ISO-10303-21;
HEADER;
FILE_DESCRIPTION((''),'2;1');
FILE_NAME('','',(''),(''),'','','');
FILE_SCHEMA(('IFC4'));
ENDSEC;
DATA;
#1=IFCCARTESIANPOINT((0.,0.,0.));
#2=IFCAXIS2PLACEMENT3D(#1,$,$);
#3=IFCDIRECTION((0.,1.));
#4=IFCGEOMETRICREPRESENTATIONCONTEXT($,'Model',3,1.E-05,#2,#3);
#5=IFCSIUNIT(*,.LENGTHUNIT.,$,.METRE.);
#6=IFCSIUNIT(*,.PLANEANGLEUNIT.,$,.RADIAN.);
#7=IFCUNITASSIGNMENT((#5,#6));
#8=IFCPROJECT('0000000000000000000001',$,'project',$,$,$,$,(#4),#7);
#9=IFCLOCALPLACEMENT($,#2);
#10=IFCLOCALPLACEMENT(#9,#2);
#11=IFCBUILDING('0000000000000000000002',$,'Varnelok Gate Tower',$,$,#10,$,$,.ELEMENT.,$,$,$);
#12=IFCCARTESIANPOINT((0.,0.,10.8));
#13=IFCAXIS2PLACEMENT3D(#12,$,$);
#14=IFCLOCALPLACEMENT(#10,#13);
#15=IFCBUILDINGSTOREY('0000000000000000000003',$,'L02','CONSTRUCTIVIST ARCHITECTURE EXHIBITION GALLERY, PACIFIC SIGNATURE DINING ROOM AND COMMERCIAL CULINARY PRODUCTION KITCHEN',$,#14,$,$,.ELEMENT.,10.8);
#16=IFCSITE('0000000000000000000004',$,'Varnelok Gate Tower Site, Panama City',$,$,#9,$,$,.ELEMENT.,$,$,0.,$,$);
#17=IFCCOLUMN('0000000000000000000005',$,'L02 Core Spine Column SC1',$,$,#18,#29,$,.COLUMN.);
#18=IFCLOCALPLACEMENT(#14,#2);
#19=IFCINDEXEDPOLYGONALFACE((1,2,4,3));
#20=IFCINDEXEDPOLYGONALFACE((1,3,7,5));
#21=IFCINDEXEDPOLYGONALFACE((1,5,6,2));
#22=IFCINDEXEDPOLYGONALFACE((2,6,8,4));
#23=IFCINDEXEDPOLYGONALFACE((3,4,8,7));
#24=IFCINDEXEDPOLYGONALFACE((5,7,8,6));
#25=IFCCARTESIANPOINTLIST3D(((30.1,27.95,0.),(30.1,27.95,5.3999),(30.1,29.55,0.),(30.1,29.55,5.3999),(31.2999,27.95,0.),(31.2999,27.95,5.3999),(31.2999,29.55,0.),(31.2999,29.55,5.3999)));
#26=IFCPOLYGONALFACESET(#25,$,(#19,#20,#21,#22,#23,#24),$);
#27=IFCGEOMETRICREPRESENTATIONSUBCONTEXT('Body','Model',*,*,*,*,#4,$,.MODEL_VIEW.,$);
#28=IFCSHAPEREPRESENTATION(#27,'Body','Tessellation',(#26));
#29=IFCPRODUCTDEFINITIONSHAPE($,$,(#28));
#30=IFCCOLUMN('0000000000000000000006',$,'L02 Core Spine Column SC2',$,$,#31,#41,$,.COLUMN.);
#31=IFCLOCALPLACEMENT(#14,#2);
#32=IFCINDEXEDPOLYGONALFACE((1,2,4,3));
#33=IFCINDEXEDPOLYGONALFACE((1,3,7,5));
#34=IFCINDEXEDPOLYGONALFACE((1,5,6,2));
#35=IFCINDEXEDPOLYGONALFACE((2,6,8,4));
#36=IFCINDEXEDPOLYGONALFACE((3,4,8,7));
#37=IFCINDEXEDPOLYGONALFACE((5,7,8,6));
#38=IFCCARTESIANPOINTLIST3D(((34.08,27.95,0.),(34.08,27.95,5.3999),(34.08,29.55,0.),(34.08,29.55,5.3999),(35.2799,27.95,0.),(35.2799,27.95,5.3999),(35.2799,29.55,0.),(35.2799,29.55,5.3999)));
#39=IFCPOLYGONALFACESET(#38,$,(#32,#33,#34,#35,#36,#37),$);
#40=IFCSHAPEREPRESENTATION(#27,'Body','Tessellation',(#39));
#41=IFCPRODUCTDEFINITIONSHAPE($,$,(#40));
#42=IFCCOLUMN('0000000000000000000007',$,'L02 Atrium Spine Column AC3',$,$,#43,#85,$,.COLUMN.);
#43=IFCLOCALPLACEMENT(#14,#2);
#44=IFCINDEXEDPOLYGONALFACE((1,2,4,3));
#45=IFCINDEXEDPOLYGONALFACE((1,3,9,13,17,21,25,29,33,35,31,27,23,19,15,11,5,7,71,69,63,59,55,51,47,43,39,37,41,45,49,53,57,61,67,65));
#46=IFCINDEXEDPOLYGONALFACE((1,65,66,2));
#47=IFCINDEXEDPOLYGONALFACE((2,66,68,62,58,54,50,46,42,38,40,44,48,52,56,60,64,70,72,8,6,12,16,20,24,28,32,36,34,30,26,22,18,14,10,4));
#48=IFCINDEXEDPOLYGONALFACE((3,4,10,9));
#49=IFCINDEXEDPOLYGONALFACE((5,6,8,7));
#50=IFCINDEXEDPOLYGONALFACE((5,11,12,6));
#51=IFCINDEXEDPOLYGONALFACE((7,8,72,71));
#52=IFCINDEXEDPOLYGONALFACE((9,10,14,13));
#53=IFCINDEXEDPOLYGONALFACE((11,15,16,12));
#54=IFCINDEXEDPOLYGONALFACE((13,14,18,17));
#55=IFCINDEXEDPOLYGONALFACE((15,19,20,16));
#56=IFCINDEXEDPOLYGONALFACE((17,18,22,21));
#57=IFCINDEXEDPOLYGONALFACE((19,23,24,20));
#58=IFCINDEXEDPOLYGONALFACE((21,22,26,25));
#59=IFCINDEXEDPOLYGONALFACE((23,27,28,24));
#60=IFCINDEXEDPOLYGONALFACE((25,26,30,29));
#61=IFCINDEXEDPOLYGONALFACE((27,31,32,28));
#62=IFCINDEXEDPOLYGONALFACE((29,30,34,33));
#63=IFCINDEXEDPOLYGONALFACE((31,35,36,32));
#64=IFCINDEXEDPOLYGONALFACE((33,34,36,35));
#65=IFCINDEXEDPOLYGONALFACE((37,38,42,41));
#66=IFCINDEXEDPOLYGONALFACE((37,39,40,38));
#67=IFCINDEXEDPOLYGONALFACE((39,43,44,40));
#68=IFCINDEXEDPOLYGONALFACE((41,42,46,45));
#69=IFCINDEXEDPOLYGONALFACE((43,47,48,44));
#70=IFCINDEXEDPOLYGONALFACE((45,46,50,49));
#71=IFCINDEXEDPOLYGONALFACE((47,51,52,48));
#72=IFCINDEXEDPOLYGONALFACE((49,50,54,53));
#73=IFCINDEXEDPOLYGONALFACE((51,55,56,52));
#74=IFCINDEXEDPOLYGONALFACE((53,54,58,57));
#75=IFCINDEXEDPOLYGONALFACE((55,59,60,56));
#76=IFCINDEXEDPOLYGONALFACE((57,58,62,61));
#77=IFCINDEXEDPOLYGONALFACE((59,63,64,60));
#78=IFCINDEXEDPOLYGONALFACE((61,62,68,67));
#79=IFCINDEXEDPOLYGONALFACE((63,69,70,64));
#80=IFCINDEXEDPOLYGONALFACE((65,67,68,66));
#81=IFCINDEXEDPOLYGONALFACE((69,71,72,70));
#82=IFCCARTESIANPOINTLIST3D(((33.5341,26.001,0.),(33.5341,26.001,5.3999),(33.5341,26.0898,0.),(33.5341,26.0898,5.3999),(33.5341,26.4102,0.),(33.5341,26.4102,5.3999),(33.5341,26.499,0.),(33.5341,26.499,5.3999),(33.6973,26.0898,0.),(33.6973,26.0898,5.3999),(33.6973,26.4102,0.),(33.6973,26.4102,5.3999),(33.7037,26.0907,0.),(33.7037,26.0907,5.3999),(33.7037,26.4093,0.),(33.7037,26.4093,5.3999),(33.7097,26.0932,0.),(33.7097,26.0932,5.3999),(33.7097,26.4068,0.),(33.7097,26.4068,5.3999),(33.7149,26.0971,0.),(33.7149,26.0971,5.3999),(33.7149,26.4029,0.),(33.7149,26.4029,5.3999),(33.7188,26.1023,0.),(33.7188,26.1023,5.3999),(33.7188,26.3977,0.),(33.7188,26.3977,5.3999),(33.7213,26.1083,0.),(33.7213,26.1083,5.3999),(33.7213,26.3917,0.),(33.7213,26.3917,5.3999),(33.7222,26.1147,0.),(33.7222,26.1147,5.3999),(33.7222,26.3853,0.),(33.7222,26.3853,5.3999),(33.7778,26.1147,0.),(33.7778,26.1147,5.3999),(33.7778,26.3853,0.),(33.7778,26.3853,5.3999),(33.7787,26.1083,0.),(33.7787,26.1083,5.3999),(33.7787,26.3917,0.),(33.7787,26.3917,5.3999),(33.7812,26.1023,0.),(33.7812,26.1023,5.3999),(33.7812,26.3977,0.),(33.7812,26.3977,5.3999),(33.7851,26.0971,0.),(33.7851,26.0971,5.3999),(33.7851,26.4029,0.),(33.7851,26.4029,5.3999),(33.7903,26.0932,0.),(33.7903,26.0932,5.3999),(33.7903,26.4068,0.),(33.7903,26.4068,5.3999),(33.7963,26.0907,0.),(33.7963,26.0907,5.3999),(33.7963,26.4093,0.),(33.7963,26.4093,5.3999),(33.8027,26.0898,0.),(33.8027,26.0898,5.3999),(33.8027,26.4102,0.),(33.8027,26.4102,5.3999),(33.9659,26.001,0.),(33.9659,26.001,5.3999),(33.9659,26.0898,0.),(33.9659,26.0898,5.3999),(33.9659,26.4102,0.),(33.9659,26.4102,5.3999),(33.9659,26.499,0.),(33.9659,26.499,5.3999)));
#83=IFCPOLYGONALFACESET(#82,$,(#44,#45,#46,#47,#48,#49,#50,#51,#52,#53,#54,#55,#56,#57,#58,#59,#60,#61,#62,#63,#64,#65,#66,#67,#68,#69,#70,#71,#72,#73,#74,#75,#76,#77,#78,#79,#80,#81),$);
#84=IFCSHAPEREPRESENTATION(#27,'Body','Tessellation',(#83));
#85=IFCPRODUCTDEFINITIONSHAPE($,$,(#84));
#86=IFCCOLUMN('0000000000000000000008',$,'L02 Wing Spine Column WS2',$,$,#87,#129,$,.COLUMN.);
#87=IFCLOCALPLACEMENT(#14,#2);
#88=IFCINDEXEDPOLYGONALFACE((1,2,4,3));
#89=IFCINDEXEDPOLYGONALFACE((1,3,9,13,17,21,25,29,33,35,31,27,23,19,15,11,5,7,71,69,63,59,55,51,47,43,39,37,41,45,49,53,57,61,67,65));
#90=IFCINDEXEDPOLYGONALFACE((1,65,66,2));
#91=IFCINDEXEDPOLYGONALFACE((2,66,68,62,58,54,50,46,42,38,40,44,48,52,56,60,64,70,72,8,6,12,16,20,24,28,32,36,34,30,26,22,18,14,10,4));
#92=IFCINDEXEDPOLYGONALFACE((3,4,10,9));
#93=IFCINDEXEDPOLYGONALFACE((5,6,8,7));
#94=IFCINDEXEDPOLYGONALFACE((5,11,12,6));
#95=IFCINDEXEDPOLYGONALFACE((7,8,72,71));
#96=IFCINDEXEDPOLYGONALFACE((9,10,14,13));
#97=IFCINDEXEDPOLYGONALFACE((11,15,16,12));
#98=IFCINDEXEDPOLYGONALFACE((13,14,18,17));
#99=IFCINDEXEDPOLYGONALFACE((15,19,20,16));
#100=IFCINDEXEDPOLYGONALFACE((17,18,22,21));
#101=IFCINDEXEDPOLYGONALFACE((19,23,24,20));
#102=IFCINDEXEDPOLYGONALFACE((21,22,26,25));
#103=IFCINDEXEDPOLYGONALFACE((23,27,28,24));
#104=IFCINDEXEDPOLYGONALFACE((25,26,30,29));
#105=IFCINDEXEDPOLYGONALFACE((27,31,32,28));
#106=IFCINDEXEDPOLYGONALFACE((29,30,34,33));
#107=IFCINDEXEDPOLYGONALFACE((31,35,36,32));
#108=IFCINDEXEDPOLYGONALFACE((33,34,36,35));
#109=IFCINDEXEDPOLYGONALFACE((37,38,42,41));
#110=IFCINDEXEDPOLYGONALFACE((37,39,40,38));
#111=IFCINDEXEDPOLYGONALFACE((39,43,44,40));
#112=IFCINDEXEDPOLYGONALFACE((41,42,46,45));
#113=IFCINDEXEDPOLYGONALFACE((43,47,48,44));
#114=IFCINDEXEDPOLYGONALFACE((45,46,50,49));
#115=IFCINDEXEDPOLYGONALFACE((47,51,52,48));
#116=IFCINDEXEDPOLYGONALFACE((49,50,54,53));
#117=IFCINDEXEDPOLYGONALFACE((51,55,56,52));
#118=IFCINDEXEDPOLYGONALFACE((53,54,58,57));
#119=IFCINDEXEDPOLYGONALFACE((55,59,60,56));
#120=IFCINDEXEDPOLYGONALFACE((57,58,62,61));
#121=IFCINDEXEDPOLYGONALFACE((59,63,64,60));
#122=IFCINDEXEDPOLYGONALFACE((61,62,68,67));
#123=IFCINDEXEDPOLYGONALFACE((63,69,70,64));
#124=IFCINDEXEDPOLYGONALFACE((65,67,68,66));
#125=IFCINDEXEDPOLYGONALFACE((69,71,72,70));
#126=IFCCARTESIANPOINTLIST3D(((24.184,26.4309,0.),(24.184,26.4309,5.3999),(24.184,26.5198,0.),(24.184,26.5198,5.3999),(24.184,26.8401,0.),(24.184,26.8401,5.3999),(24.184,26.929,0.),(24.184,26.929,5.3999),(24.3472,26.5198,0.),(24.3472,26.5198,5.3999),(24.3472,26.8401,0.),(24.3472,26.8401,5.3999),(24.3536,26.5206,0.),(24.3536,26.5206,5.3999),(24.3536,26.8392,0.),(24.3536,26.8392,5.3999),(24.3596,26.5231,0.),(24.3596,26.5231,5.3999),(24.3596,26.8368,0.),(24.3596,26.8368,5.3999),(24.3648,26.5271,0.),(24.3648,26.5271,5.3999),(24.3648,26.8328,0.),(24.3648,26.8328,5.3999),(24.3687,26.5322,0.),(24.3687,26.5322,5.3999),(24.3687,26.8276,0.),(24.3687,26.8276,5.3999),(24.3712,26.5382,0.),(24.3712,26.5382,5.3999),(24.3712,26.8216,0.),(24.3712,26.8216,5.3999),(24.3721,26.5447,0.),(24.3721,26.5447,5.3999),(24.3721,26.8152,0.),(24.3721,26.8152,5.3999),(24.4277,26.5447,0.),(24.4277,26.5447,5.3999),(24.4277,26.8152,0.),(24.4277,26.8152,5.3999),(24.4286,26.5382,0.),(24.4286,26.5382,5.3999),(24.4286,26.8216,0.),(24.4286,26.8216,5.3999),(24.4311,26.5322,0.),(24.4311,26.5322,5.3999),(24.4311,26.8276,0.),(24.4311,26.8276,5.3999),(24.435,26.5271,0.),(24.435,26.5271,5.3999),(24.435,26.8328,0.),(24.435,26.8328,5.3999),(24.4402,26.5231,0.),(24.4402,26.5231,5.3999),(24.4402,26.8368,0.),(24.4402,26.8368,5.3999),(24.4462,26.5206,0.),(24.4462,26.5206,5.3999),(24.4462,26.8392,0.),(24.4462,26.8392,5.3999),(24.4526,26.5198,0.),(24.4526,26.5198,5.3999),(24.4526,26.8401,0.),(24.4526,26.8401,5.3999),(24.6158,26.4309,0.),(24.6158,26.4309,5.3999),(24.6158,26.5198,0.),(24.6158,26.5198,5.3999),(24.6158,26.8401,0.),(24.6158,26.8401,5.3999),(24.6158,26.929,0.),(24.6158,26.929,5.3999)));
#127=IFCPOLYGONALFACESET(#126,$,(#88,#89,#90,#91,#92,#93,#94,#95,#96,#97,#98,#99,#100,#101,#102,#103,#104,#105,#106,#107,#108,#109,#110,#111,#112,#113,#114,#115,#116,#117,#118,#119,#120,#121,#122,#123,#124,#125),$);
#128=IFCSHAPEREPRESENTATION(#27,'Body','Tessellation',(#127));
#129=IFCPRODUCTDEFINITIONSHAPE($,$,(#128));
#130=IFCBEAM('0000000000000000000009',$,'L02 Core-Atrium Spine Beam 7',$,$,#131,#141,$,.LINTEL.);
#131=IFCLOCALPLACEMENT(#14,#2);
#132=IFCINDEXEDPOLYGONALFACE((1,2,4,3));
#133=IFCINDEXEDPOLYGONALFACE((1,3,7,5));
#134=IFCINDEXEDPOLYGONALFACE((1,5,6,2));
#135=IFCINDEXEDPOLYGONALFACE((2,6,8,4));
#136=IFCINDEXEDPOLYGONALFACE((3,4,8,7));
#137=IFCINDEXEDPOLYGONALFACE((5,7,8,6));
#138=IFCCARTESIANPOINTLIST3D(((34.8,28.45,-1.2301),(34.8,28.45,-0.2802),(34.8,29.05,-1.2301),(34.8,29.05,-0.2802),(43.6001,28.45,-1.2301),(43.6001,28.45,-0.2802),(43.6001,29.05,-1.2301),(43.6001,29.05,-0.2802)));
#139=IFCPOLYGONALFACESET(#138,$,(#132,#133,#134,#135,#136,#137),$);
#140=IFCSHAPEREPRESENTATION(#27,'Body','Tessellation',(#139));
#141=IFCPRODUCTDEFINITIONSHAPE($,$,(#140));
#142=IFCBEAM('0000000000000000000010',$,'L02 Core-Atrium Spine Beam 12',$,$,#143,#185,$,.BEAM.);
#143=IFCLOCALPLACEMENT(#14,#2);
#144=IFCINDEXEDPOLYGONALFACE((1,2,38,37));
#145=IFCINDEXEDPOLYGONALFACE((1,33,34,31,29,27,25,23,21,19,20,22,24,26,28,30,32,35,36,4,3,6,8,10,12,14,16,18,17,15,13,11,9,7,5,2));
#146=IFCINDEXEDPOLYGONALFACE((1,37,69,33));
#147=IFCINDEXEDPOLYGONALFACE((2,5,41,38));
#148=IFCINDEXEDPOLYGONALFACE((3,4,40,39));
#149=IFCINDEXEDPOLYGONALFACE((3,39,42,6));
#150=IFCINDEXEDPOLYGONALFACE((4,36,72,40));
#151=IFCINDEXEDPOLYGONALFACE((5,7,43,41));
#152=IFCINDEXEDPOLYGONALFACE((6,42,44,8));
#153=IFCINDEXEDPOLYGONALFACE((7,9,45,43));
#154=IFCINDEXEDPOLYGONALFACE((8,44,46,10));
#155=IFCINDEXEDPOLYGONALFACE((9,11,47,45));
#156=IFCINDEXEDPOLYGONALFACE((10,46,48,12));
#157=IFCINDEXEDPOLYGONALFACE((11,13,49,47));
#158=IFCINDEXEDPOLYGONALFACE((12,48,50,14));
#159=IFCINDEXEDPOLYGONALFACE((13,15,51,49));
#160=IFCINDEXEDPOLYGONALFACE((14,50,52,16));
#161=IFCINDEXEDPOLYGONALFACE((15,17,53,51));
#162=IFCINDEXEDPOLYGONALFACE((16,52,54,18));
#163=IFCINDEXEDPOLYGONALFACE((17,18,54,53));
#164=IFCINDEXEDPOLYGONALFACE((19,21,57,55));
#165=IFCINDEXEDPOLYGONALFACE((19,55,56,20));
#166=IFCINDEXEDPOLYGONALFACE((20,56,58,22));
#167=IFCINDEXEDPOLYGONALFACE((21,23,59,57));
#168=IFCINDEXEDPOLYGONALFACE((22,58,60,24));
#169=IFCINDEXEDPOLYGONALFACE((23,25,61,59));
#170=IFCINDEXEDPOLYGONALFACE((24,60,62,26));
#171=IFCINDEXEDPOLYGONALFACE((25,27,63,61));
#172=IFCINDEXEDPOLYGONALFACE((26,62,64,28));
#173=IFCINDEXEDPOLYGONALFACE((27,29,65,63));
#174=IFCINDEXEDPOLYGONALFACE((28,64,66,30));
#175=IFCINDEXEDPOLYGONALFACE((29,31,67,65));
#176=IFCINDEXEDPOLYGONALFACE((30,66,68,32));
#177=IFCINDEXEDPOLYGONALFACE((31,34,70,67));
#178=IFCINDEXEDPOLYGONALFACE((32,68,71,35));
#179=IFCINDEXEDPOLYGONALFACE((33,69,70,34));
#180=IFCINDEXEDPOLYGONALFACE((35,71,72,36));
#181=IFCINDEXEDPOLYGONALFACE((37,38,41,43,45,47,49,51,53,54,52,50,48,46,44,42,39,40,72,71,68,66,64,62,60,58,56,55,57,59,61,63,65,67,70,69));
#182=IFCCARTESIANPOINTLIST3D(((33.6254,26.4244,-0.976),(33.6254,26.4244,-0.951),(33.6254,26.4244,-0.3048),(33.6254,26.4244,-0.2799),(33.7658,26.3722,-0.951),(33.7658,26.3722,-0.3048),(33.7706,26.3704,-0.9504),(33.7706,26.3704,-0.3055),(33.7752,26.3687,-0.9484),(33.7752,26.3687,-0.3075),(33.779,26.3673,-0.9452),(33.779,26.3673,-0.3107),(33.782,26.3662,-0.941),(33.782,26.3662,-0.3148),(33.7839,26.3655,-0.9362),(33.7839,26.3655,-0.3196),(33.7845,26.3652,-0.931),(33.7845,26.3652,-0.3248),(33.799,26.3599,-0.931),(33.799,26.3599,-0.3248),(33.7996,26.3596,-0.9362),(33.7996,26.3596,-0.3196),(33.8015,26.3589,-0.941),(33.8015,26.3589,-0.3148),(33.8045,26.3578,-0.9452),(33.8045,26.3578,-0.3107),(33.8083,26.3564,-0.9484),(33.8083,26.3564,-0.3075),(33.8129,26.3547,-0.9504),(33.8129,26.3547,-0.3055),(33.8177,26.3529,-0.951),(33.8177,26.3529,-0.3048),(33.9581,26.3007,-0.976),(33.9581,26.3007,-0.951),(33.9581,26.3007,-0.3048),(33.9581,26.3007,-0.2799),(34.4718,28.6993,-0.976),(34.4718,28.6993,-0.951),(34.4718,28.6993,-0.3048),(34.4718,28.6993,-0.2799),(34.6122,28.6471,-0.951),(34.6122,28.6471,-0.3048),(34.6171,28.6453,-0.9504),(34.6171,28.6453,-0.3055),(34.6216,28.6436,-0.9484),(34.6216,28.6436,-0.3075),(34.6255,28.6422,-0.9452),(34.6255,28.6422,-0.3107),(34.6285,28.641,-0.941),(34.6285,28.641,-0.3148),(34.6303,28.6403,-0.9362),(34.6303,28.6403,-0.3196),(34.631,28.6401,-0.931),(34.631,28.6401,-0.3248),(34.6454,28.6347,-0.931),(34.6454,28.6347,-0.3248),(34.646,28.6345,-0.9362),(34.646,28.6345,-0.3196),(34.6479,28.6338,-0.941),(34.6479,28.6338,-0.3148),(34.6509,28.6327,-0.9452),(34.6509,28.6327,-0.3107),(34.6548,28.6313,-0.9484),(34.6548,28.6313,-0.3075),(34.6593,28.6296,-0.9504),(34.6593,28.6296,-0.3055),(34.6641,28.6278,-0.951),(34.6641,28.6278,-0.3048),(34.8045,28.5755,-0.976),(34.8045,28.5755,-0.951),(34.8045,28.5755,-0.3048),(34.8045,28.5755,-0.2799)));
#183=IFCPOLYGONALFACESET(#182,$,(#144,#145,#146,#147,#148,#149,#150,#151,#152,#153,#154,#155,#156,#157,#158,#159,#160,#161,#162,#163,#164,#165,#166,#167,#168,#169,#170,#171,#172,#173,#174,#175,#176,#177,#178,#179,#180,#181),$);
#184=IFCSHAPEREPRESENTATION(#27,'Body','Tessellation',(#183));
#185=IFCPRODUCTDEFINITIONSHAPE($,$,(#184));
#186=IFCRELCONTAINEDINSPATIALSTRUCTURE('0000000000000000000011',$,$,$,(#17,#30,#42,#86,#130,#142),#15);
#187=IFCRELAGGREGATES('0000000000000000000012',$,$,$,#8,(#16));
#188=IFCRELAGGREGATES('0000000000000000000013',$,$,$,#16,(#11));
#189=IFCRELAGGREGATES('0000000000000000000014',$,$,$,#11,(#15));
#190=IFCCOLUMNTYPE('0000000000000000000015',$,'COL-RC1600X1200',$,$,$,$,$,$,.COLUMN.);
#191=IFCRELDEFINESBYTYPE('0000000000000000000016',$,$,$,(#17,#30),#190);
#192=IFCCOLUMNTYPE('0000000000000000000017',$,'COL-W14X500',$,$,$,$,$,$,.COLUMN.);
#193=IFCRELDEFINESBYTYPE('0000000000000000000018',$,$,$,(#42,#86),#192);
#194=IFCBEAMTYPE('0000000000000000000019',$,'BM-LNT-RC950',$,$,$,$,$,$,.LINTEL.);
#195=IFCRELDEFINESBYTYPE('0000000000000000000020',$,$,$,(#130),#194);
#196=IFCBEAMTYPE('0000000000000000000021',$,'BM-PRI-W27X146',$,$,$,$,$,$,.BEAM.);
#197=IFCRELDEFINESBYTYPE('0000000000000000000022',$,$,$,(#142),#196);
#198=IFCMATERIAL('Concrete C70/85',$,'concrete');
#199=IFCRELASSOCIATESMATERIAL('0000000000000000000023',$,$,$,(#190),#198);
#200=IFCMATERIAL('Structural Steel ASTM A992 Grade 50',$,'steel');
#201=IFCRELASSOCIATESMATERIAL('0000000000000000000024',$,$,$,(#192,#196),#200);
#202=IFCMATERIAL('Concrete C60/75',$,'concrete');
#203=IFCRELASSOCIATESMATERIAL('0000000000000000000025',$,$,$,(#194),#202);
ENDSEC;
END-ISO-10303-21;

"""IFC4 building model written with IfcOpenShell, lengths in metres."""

from ifc_helpers import new_model, si_unit, direction, frame, origin, origin_2d, place, context, subcontext, project, spatial, rectangle, i_section, extrude, material, material_profile, profile_set, type_object, element, save


model = new_model("IFC4")

# Units and contexts
model_context = context("Model", 3, precision=1e-05, world=origin(), true_north=direction((0.0, 1.0)))
body_context = subcontext(model_context, "Body", "Model", "MODEL_VIEW")
ifc_project = project(units=[si_unit("LENGTHUNIT", "METRE"), si_unit("PLANEANGLEUNIT", "RADIAN")], contexts=[model_context])

# Site, building, storey
site_placement = place(None, origin())
site = spatial("IfcSite", under=ifc_project, at=site_placement, Name="Varnelok Gate Tower Site, Panama City", CompositionType="ELEMENT", RefElevation=0.0)
building_placement = place(site_placement, origin())
building = spatial("IfcBuilding", under=site, at=building_placement, Name="Varnelok Gate Tower", CompositionType="ELEMENT")
storey_placement = place(building_placement, frame((0.0, 0.0, 10.8)))
storey = spatial("IfcBuildingStorey", under=building, at=storey_placement, Name="L02", Description="CONSTRUCTIVIST ARCHITECTURE EXHIBITION GALLERY, PACIFIC SIGNATURE DINING ROOM AND COMMERCIAL CULINARY PRODUCTION KITCHEN", CompositionType="ELEMENT", Elevation=10.8)

# Columns
ifc_material_1 = material(Name="Concrete C70/85", Category="concrete")
ifc_material_profile_1 = material_profile(ifc_material_1, rectangle(XDim=1.2, YDim=1.6001, at=origin_2d()), Name="RC1600X1200")
ifc_profile_set_1 = profile_set([ifc_material_profile_1], Name="Concrete C70/85")
column_type_1 = type_object("IfcColumnType", Name="COL-RC1600X1200", PredefinedType="COLUMN", material=ifc_profile_set_1)
for number, where, z_axis, x_axis, name in (
    (1, (30.7, 28.75, 0.0), (0.0, 0.0, 1.0), (1.0, 0.0, 0.0), "L02 Core Spine Column SC1"),
    (2, (34.6799, 28.75, 0.0), (0.0, 0.0, 1.0), (1.0, 0.0, 0.0), "L02 Core Spine Column SC2"),
):
    element("IfcColumn", number, at=place(storey_placement, frame(where, z_axis=z_axis, x_axis=x_axis)), inside=storey, type_object=column_type_1, Name=name, PredefinedType="COLUMN", context=body_context, shape_type="SweptSolid", body=[
        extrude(rectangle(XDim=1.2, YDim=1.6001, at=origin_2d()), origin(), (0.0, 0.0, 1.0), 5.3999),
    ])
ifc_material_2 = material(Name="Structural Steel ASTM A992 Grade 50", Category="steel")
ifc_material_profile_2 = material_profile(ifc_material_2, i_section(OverallWidth=0.4319, OverallDepth=0.498, WebThickness=0.0557, FlangeThickness=0.0889, FilletRadius=0.0249, at=origin_2d()), Name="W14X500")
ifc_profile_set_2 = profile_set([ifc_material_profile_2], Name="Structural Steel ASTM A992 Grade 50")
column_type_2 = type_object("IfcColumnType", Name="COL-W14X500", PredefinedType="COLUMN", material=ifc_profile_set_2)
for number, where, z_axis, x_axis, name in (
    (3, (33.75, 26.25, 0.0), (0.0, 0.0, 1.0), (1.0, 0.0, 0.0), "L02 Atrium Spine Column AC3"),
    (4, (24.3999, 26.6799, 0.0), (0.0, 0.0, 1.0), (1.0, 0.0, 0.0), "L02 Wing Spine Column WS2"),
):
    element("IfcColumn", number, at=place(storey_placement, frame(where, z_axis=z_axis, x_axis=x_axis)), inside=storey, type_object=column_type_2, Name=name, PredefinedType="COLUMN", context=body_context, shape_type="SweptSolid", body=[
        extrude(i_section(OverallWidth=0.4319, OverallDepth=0.498, WebThickness=0.0557, FlangeThickness=0.0889, FilletRadius=0.0249, at=origin_2d()), origin(), (0.0, 0.0, 1.0), 5.3999),
    ])

# Beams
ifc_material_3 = material(Name="Concrete C60/75", Category="concrete")
ifc_material_profile_3 = material_profile(ifc_material_3, rectangle(XDim=0.6001, YDim=0.95, at=origin_2d()), Name="RC950X600")
ifc_profile_set_3 = profile_set([ifc_material_profile_3], Name="Concrete C60/75")
beam_type_1 = type_object("IfcBeamType", Name="BM-LNT-RC950", PredefinedType="LINTEL", material=ifc_profile_set_3)
beam_1_placement = place(storey_placement, frame((34.8, 28.75, -0.7551), z_axis=(1.0, 0.0, 0.0), x_axis=(0.0, 1.0, 0.0)))
element("IfcBeam", 5, at=beam_1_placement, inside=storey, type_object=beam_type_1, Name="L02 Core-Atrium Spine Beam 7", PredefinedType="LINTEL", context=body_context, shape_type="SweptSolid", body=[
    extrude(rectangle(XDim=0.6001, YDim=0.95, at=origin_2d()), origin(), (0.0, 0.0, 1.0), 8.8),
])
ifc_material_profile_4 = material_profile(ifc_material_2, i_section(OverallWidth=0.355, OverallDepth=0.696, WebThickness=0.0154, FlangeThickness=0.0249, FilletRadius=0.02, at=origin_2d()), Name="W27X146")
ifc_profile_set_4 = profile_set([ifc_material_profile_4], Name="Structural Steel ASTM A992 Grade 50")
beam_type_2 = type_object("IfcBeamType", Name="BM-PRI-W27X146", PredefinedType="BEAM", material=ifc_profile_set_4)
beam_2_placement = place(storey_placement, frame((33.7917, 26.3625, -0.6279), z_axis=(0.348719, 0.937227, 0.0), x_axis=(-0.937227, 0.348719, 0.0)))
element("IfcBeam", 6, at=beam_2_placement, inside=storey, type_object=beam_type_2, Name="L02 Core-Atrium Spine Beam 12", PredefinedType="BEAM", context=body_context, shape_type="SweptSolid", body=[
    extrude(i_section(OverallWidth=0.355, OverallDepth=0.696, WebThickness=0.0154, FlangeThickness=0.0249, FilletRadius=0.02, at=origin_2d()), origin(), (0.0, 0.0, 1.0), 2.4272),
])

save(model, "model.ifc")
